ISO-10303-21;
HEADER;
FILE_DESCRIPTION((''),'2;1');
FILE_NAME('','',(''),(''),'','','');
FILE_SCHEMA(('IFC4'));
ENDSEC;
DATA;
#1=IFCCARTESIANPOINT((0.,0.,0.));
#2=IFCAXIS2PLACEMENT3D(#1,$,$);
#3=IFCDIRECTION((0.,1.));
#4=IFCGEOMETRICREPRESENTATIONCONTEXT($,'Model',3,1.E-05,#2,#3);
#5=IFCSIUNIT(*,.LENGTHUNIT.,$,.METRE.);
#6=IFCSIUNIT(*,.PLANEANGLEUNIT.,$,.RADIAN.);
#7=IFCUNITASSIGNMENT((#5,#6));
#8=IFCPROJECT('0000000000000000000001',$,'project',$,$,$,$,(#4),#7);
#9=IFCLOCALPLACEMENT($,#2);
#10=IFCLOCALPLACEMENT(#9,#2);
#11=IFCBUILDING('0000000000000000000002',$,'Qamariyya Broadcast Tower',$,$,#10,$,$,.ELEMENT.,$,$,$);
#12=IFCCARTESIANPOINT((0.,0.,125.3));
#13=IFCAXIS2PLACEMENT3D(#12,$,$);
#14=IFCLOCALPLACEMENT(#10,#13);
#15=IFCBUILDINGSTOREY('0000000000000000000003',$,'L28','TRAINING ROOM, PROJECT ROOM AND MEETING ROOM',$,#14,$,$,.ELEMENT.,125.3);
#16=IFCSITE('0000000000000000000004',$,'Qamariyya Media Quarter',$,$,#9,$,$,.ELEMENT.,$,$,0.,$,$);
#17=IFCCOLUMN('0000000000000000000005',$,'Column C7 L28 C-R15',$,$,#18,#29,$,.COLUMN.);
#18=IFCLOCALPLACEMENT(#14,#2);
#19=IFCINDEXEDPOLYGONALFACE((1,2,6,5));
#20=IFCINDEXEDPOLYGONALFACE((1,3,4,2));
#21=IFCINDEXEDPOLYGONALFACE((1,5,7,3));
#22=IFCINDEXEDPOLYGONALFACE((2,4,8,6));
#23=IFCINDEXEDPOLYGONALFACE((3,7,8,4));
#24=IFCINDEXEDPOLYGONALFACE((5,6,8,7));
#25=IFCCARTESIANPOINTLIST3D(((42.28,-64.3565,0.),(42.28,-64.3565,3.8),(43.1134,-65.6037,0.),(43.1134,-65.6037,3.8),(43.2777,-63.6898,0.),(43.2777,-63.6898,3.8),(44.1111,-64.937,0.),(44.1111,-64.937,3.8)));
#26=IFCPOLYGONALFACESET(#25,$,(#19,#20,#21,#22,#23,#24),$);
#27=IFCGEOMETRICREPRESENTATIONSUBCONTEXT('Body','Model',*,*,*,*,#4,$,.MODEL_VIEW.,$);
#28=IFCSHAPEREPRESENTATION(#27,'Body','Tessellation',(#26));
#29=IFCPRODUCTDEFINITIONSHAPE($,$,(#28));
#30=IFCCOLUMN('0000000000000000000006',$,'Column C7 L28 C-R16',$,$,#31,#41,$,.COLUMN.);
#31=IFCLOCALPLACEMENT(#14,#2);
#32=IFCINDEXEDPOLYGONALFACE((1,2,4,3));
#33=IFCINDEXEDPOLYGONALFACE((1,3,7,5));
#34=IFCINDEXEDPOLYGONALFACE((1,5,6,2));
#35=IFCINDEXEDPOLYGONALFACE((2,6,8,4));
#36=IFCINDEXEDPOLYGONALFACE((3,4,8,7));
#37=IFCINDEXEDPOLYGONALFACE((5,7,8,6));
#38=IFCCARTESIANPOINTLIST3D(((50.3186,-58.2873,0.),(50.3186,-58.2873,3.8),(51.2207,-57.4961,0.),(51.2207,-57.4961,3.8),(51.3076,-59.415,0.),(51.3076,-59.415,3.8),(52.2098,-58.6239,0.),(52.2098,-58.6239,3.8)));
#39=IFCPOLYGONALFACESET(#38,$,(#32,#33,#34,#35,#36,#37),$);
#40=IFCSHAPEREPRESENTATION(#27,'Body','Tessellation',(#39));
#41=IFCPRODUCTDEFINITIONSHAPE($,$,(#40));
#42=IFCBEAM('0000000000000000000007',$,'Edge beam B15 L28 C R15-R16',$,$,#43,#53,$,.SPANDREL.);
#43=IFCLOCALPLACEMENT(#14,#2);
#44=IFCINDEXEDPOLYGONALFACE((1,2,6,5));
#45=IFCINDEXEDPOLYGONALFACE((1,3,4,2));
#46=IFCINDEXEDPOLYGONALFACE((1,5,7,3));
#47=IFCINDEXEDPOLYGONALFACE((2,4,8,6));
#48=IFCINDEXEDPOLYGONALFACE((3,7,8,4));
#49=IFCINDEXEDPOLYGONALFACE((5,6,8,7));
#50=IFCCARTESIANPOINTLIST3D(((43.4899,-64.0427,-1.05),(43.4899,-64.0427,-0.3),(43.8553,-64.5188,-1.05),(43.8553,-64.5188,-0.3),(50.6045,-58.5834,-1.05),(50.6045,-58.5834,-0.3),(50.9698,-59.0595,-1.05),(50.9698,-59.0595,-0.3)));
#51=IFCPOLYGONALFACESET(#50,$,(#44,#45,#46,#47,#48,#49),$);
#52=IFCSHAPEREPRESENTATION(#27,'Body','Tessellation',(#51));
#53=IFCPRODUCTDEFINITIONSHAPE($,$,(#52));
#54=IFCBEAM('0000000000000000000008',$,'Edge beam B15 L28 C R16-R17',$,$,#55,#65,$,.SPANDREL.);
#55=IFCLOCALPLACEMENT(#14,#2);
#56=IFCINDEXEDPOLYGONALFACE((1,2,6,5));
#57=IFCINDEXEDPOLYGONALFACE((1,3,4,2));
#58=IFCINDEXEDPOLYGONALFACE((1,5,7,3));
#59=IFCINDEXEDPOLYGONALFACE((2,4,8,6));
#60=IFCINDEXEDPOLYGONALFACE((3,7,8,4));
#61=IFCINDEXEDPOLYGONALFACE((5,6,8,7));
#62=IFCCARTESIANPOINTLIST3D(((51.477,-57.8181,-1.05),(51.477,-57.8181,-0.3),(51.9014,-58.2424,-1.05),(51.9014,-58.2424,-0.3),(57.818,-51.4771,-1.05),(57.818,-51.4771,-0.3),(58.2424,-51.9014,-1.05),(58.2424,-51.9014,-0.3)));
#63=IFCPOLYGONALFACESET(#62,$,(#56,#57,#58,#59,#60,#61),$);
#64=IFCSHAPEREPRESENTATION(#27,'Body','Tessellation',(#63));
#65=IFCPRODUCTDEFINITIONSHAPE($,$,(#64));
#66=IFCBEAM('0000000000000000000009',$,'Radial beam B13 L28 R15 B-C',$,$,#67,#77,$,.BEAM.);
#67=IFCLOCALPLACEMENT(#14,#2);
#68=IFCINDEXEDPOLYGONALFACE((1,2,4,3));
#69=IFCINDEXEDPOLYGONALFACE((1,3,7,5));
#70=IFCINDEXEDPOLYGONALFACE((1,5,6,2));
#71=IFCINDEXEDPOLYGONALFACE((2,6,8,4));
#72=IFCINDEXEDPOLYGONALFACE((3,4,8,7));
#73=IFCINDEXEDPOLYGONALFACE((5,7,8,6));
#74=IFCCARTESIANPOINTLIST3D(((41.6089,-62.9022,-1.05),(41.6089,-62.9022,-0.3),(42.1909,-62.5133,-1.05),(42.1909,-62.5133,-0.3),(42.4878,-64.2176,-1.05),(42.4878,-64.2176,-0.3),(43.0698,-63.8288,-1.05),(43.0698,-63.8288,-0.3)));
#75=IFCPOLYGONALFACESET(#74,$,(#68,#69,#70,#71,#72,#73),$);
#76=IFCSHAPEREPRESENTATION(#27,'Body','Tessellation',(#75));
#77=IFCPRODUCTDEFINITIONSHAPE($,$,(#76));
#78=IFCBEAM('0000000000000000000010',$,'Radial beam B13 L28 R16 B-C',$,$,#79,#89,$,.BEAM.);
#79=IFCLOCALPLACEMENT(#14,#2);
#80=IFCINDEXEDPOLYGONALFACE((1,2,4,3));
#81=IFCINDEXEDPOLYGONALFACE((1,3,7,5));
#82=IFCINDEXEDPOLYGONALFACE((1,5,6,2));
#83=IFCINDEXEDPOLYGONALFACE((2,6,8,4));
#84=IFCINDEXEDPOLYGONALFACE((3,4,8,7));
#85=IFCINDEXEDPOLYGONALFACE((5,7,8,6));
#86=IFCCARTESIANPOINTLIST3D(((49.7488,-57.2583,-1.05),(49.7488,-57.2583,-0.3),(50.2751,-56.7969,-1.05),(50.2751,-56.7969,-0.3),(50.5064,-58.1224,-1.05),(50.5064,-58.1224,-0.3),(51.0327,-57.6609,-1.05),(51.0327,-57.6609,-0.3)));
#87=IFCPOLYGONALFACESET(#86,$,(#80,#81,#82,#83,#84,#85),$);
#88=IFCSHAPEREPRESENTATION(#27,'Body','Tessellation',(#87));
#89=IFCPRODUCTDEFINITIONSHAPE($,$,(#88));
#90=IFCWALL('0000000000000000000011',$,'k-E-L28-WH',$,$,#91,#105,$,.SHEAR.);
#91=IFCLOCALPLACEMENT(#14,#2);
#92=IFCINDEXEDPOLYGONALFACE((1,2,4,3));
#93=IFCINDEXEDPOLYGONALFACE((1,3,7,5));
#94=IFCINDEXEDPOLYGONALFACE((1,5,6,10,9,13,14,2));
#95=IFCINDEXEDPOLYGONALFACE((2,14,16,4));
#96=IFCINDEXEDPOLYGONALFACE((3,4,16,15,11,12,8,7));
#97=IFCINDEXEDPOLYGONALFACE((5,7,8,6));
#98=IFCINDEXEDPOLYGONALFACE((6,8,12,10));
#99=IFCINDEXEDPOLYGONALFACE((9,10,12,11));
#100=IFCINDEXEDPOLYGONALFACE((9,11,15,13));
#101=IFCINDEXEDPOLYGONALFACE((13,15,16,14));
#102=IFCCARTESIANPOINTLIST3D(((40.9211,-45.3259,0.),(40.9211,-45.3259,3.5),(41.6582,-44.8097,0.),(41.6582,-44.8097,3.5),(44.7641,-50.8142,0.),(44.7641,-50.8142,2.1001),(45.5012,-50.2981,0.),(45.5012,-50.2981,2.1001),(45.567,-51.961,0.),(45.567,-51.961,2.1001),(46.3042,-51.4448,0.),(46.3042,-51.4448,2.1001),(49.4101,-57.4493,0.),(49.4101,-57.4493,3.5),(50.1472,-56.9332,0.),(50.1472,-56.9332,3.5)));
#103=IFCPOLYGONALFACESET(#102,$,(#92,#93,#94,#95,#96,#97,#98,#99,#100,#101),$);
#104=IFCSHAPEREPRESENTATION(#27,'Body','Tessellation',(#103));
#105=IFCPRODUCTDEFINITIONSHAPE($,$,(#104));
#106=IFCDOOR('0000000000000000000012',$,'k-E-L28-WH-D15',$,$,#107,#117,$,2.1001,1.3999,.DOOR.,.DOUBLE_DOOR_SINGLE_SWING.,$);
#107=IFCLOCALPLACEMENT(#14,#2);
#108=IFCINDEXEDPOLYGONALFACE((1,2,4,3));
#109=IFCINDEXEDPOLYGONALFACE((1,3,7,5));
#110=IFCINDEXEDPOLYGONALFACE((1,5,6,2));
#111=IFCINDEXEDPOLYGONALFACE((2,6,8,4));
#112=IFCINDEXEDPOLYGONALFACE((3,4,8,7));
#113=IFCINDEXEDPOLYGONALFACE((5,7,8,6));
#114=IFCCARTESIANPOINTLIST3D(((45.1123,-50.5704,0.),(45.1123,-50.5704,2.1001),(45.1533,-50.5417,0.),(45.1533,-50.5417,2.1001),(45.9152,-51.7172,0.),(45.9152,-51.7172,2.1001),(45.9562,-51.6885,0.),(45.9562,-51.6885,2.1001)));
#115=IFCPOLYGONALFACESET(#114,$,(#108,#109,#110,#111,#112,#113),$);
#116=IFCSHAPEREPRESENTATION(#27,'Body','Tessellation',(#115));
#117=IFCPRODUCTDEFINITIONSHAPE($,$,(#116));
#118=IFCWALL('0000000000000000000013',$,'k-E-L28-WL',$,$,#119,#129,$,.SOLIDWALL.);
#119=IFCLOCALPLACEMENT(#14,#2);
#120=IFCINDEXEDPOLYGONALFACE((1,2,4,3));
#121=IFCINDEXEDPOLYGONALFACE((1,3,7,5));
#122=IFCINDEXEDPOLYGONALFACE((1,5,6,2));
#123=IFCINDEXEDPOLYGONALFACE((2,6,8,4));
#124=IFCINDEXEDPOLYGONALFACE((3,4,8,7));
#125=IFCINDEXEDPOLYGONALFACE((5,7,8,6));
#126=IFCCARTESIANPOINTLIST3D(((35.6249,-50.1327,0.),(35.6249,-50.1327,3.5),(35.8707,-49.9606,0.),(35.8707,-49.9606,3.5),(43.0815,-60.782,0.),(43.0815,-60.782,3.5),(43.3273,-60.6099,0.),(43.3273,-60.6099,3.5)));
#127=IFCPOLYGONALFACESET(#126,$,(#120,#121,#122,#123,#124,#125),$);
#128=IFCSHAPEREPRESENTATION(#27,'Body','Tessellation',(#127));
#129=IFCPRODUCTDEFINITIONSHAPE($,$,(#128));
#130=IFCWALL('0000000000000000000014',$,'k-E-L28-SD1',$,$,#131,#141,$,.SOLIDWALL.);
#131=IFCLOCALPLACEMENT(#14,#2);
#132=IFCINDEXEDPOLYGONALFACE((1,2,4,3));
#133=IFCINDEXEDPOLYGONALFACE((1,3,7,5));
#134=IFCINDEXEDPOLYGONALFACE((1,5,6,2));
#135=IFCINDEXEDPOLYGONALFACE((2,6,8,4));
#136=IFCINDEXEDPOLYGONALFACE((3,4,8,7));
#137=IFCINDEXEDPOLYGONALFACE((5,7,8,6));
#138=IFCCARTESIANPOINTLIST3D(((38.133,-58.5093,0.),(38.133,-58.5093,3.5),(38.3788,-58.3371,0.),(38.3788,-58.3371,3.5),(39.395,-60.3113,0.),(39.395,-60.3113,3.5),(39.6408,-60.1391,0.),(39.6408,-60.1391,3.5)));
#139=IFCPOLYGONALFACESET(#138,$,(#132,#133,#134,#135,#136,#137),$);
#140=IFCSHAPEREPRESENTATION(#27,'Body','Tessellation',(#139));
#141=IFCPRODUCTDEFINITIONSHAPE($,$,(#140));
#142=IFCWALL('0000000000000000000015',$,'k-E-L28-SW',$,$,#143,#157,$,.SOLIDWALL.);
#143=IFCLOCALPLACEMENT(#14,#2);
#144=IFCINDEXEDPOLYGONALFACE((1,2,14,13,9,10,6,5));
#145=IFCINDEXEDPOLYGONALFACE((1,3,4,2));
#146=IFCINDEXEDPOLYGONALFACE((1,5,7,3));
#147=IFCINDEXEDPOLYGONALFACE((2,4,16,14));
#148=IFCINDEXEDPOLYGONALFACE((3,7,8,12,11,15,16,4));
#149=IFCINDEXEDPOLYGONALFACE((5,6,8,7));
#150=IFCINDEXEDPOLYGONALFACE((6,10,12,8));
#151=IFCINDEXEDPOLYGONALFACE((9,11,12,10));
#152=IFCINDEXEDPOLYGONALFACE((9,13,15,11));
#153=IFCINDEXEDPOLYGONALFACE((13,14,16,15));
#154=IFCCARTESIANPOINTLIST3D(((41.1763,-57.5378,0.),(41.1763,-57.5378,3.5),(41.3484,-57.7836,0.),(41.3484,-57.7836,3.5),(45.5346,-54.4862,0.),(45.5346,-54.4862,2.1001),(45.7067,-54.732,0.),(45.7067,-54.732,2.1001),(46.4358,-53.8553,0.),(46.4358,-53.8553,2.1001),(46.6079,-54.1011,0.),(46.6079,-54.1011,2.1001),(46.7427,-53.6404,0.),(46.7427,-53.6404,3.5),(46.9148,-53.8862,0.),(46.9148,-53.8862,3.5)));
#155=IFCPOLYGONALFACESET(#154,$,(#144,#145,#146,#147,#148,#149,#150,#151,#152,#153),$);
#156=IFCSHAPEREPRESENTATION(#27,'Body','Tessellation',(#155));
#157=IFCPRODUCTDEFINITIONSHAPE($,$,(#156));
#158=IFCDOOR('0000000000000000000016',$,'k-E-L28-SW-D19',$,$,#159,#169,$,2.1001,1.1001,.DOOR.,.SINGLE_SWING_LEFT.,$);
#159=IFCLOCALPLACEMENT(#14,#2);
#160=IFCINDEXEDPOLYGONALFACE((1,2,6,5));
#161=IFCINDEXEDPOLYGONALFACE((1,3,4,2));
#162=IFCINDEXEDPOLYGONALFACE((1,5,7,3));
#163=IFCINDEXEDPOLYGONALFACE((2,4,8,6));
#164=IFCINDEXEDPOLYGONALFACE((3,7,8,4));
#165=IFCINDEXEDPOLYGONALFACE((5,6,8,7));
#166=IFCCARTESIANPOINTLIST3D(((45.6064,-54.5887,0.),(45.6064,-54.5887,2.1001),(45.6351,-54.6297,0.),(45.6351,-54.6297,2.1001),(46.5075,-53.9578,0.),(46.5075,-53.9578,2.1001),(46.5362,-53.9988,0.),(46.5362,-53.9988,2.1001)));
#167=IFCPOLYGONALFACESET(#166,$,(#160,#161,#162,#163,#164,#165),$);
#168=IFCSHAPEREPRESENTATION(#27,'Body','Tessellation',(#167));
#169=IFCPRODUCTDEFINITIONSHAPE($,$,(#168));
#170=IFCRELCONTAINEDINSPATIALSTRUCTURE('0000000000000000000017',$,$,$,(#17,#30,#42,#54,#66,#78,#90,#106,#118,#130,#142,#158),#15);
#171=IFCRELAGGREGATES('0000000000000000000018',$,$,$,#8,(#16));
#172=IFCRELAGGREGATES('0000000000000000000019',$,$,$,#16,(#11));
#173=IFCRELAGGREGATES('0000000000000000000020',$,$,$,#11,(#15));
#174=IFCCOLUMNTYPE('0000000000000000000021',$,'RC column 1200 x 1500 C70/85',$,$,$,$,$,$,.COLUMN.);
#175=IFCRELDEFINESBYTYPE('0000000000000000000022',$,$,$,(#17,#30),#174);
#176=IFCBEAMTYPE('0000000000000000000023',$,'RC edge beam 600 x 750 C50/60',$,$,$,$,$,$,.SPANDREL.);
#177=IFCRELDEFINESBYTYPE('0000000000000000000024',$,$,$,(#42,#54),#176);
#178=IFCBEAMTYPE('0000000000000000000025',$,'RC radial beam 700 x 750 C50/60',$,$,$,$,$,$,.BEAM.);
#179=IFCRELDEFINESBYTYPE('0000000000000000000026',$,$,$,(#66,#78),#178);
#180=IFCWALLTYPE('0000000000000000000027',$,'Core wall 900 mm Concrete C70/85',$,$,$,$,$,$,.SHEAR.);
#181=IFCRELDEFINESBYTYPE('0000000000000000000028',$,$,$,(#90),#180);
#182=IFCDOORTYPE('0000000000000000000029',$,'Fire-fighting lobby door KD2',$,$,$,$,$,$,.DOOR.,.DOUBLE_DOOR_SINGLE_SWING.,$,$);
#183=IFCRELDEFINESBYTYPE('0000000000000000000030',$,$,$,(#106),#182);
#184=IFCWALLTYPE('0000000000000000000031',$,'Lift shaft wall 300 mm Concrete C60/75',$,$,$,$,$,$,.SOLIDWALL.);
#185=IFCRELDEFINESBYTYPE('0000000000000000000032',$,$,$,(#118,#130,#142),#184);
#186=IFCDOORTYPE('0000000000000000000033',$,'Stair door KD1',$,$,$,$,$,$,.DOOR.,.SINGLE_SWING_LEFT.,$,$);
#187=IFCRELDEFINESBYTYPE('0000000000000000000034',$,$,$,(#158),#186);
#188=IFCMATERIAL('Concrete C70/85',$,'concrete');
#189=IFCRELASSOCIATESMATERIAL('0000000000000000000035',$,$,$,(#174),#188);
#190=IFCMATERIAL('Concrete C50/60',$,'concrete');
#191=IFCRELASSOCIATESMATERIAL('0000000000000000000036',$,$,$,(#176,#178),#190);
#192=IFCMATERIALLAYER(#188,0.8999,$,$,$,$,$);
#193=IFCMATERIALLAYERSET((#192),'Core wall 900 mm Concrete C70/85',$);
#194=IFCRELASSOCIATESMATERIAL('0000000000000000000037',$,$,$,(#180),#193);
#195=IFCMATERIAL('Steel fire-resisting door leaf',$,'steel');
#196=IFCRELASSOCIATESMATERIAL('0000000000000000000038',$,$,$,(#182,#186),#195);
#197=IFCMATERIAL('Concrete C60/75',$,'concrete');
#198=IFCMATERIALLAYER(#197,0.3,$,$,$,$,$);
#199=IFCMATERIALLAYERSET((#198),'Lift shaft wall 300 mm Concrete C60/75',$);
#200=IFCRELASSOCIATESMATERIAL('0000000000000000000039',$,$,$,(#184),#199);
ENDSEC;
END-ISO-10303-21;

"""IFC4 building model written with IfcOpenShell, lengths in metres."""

from ifc_helpers import new_model, si_unit, direction, frame, frame_2d, origin, origin_2d, place, context, subcontext, project, spatial, rectangle, extrude, material, layer, layer_set, material_profile, profile_set, type_object, element, fill, save


model = new_model("IFC4")

# Units and contexts
model_context = context("Model", 3, precision=1e-05, world=origin(), true_north=direction((0.0, 1.0)))
body_context = subcontext(model_context, "Body", "Model", "MODEL_VIEW")
ifc_project = project(units=[si_unit("LENGTHUNIT", "METRE"), si_unit("PLANEANGLEUNIT", "RADIAN")], contexts=[model_context])

# Site, building, storey
site_placement = place(None, origin())
site = spatial("IfcSite", under=ifc_project, at=site_placement, Name="Qamariyya Media Quarter", CompositionType="ELEMENT", RefElevation=0.0)
building_placement = place(site_placement, origin())
building = spatial("IfcBuilding", under=site, at=building_placement, Name="Qamariyya Broadcast Tower", CompositionType="ELEMENT")
storey_placement = place(building_placement, frame((0.0, 0.0, 125.3)))
storey = spatial("IfcBuildingStorey", under=building, at=storey_placement, Name="L28", Description="TRAINING ROOM, PROJECT ROOM AND MEETING ROOM", CompositionType="ELEMENT", Elevation=125.3)

# Columns
ifc_material_1 = material(Name="Concrete C70/85", Category="concrete")
ifc_material_profile_1 = material_profile(ifc_material_1, rectangle(XDim=1.2, YDim=1.5, at=origin_2d()))
ifc_profile_set_1 = profile_set([ifc_material_profile_1], Name="Concrete C70/85")
column_type = type_object("IfcColumnType", Name="RC column 1200 x 1500 C70/85", PredefinedType="COLUMN", material=ifc_profile_set_1)
for number, where, z_axis, x_axis, name in (
    (1, (43.1956, -64.6467, 0.0), (0.0, 0.0, 1.0), (0.83147, 0.55557, 0.0), "Column C7 L28 C-R15"),
    (2, (51.2642, -58.4556, 0.0), (0.0, 0.0, 1.0), (0.75184, 0.659346, 0.0), "Column C7 L28 C-R16"),
):
    element("IfcColumn", number, at=place(storey_placement, frame(where, z_axis=z_axis, x_axis=x_axis)), inside=storey, type_object=column_type, Name=name, PredefinedType="COLUMN", context=body_context, shape_type="SweptSolid", body=[
        extrude(rectangle(XDim=1.2, YDim=1.5, at=origin_2d()), origin(), (0.0, 0.0, 1.0), 3.8),
    ])

# Beams
ifc_material_2 = material(Name="Concrete C50/60", Category="concrete")
ifc_material_profile_2 = material_profile(ifc_material_2, rectangle(XDim=0.6001, YDim=0.75, at=origin_2d()))
ifc_profile_set_2 = profile_set([ifc_material_profile_2], Name="Concrete C50/60")
beam_type_1 = type_object("IfcBeamType", Name="RC edge beam 600 x 750 C50/60", PredefinedType="SPANDREL", material=ifc_profile_set_2)
beam_1_placement = place(storey_placement, frame((43.6726, -64.2808, -0.675), z_axis=(0.793349, 0.608767, 0.0), x_axis=(-0.608767, 0.793349, 0.0)))
element("IfcBeam", 3, at=beam_1_placement, inside=storey, type_object=beam_type_1, Name="Edge beam B15 L28 C R15-R16", PredefinedType="SPANDREL", context=body_context, shape_type="SweptSolid", body=[
    extrude(rectangle(XDim=0.6001, YDim=0.75, at=origin_2d()), origin(), (0.0, 0.0, 1.0), 8.9678),
])
beam_2_placement = place(storey_placement, frame((51.6892, -58.0303, -0.675), z_axis=(0.707107, 0.707107, 0.0), x_axis=(-0.707107, 0.707107, 0.0)))
element("IfcBeam", 4, at=beam_2_placement, inside=storey, type_object=beam_type_1, Name="Edge beam B15 L28 C R16-R17", PredefinedType="SPANDREL", context=body_context, shape_type="SweptSolid", body=[
    extrude(rectangle(XDim=0.6001, YDim=0.75, at=origin_2d()), origin(), (0.0, 0.0, 1.0), 8.9675),
])
ifc_material_profile_3 = material_profile(ifc_material_2, rectangle(XDim=0.7, YDim=0.75, at=origin_2d()))
ifc_profile_set_3 = profile_set([ifc_material_profile_3], Name="Concrete C50/60")
beam_type_2 = type_object("IfcBeamType", Name="RC radial beam 700 x 750 C50/60", PredefinedType="BEAM", material=ifc_profile_set_3)
beam_3_placement = place(storey_placement, frame((41.8999, -62.7078, -0.675), z_axis=(0.555555, -0.83148, 0.0), x_axis=(0.83148, 0.555555, 0.0)))
element("IfcBeam", 5, at=beam_3_placement, inside=storey, type_object=beam_type_2, Name="Radial beam B13 L28 R15 B-C", PredefinedType="BEAM", context=body_context, shape_type="SweptSolid", body=[
    extrude(rectangle(XDim=0.7, YDim=0.75, at=origin_2d()), origin(), (0.0, 0.0, 1.0), 1.582),
])
beam_4_placement = place(storey_placement, frame((50.012, -57.0276, -0.675), z_axis=(0.659271, -0.751905, 0.0), x_axis=(0.751905, 0.659271, 0.0)))
element("IfcBeam", 6, at=beam_4_placement, inside=storey, type_object=beam_type_2, Name="Radial beam B13 L28 R16 B-C", PredefinedType="BEAM", context=body_context, shape_type="SweptSolid", body=[
    extrude(rectangle(XDim=0.7, YDim=0.75, at=origin_2d()), origin(), (0.0, 0.0, 1.0), 1.1492),
])

# Wall, opening, door
ifc_layer_1 = layer(ifc_material_1, 0.8999)
ifc_layer_set_1 = layer_set([ifc_layer_1], Name="Core wall 900 mm Concrete C70/85")
wall_type_1 = type_object("IfcWallType", Name="Core wall 900 mm Concrete C70/85", PredefinedType="SHEAR", material=ifc_layer_set_1)
wall_1_placement = place(storey_placement, frame((49.7786, -57.1912, 0.0), z_axis=(0.0, 0.0, 1.0), x_axis=(-0.573577, 0.819151, 0.0)))
wall_1 = element("IfcWall", 7, at=wall_1_placement, inside=storey, type_object=wall_type_1, Name="k-E-L28-WH", PredefinedType="SHEAR", context=body_context, shape_type="SweptSolid", body=[
    extrude(rectangle(XDim=14.8, YDim=0.8999, at=frame_2d((7.3999, 0.0))), origin(), (0.0, 0.0, 1.0), 3.5),
])
opening_1_placement = place(wall_1_placement, frame((6.7, 0.0, 0.0)))
opening_1 = element("IfcOpeningElement", 8, at=opening_1_placement, cuts=wall_1, PredefinedType="OPENING", context=body_context, shape_type="SweptSolid", body=[
    extrude(rectangle(XDim=1.3999, YDim=2.1001, at=frame_2d((0.7, 1.05))), frame((0.0, 0.46, 0.0), z_axis=(0.0, -1.0, 0.0), x_axis=(1.0, 0.0, 0.0)), (0.0, 0.0, 1.0), 0.9199),
])
ifc_material_3 = material(Name="Steel fire-resisting door leaf", Category="steel")
door_type_1 = type_object("IfcDoorType", Name="Fire-fighting lobby door KD2", OperationType="DOUBLE_DOOR_SINGLE_SWING", PredefinedType="DOOR", material=ifc_material_3)
door_1_placement = place(opening_1_placement, origin())
door_1 = element("IfcDoor", 9, at=door_1_placement, inside=storey, type_object=door_type_1, Name="k-E-L28-WH-D15", OperationType="DOUBLE_DOOR_SINGLE_SWING", OverallHeight=2.1001, OverallWidth=1.3999, PredefinedType="DOOR", context=body_context, shape_type="SweptSolid", body=[
    extrude(rectangle(XDim=1.3999, YDim=2.1001, at=frame_2d((0.7, 1.05))), frame((0.0, 0.0249, 0.0), z_axis=(0.0, -1.0, 0.0), x_axis=(1.0, 0.0, 0.0)), (0.0, 0.0, 1.0), 0.05),
])
fill(opening_1, door_1)

# Walls
ifc_material_4 = material(Name="Concrete C60/75", Category="concrete")
ifc_layer_2 = layer(ifc_material_4, 0.3)
ifc_layer_set_2 = layer_set([ifc_layer_2], Name="Lift shaft wall 300 mm Concrete C60/75")
wall_type_2 = type_object("IfcWallType", Name="Lift shaft wall 300 mm Concrete C60/75", PredefinedType="SOLIDWALL", material=ifc_layer_set_2)
wall_2_placement = place(storey_placement, frame((43.2043, -60.6958, 0.0), z_axis=(0.0, 0.0, 1.0), x_axis=(-0.573572, 0.819155, 0.0)))
element("IfcWall", 10, at=wall_2_placement, inside=storey, type_object=wall_type_2, Name="k-E-L28-WL", PredefinedType="SOLIDWALL", context=body_context, shape_type="SweptSolid", body=[
    extrude(rectangle(XDim=13.0002, YDim=0.3, at=frame_2d((6.5, 0.0))), origin(), (0.0, 0.0, 1.0), 3.5),
])
wall_3_placement = place(storey_placement, frame((38.2559, -58.4231, 0.0), z_axis=(0.0, 0.0, 1.0), x_axis=(0.573634, -0.819112, 0.0)))
element("IfcWall", 11, at=wall_3_placement, inside=storey, type_object=wall_type_2, Name="k-E-L28-SD1", PredefinedType="SOLIDWALL", context=body_context, shape_type="SweptSolid", body=[
    extrude(rectangle(XDim=2.2, YDim=0.3, at=frame_2d((1.1001, 0.0))), origin(), (0.0, 0.0, 1.0), 3.5),
])

# Wall, opening, door
wall_4_placement = place(storey_placement, frame((41.2625, -57.6606, 0.0), z_axis=(0.0, 0.0, 1.0), x_axis=(0.819164, 0.573559, 0.0)))
wall_4 = element("IfcWall", 12, at=wall_4_placement, inside=storey, type_object=wall_type_2, Name="k-E-L28-SW", PredefinedType="SOLIDWALL", context=body_context, shape_type="SweptSolid", body=[
    extrude(rectangle(XDim=6.7952, YDim=0.3, at=frame_2d((3.3975, 0.0))), origin(), (0.0, 0.0, 1.0), 3.5),
])
opening_2_placement = place(wall_4_placement, frame((5.3203, 0.0, 0.0)))
opening_2 = element("IfcOpeningElement", 13, at=opening_2_placement, cuts=wall_4, PredefinedType="OPENING", context=body_context, shape_type="SweptSolid", body=[
    extrude(rectangle(XDim=1.1001, YDim=2.1001, at=frame_2d((0.55, 1.05))), frame((0.0, 0.1599, 0.0), z_axis=(0.0, -1.0, 0.0), x_axis=(1.0, 0.0, 0.0)), (0.0, 0.0, 1.0), 0.3201),
])
door_type_2 = type_object("IfcDoorType", Name="Stair door KD1", OperationType="SINGLE_SWING_LEFT", PredefinedType="DOOR", material=ifc_material_3)
door_2_placement = place(opening_2_placement, origin())
door_2 = element("IfcDoor", 14, at=door_2_placement, inside=storey, type_object=door_type_2, Name="k-E-L28-SW-D19", OperationType="SINGLE_SWING_LEFT", OverallHeight=2.1001, OverallWidth=1.1001, PredefinedType="DOOR", context=body_context, shape_type="SweptSolid", body=[
    extrude(rectangle(XDim=1.1001, YDim=2.1001, at=frame_2d((0.55, 1.05))), frame((0.0, 0.0249, 0.0), z_axis=(0.0, -1.0, 0.0), x_axis=(1.0, 0.0, 0.0)), (0.0, 0.0, 1.0), 0.05),
])
fill(opening_2, door_2)

save(model, "model.ifc")
